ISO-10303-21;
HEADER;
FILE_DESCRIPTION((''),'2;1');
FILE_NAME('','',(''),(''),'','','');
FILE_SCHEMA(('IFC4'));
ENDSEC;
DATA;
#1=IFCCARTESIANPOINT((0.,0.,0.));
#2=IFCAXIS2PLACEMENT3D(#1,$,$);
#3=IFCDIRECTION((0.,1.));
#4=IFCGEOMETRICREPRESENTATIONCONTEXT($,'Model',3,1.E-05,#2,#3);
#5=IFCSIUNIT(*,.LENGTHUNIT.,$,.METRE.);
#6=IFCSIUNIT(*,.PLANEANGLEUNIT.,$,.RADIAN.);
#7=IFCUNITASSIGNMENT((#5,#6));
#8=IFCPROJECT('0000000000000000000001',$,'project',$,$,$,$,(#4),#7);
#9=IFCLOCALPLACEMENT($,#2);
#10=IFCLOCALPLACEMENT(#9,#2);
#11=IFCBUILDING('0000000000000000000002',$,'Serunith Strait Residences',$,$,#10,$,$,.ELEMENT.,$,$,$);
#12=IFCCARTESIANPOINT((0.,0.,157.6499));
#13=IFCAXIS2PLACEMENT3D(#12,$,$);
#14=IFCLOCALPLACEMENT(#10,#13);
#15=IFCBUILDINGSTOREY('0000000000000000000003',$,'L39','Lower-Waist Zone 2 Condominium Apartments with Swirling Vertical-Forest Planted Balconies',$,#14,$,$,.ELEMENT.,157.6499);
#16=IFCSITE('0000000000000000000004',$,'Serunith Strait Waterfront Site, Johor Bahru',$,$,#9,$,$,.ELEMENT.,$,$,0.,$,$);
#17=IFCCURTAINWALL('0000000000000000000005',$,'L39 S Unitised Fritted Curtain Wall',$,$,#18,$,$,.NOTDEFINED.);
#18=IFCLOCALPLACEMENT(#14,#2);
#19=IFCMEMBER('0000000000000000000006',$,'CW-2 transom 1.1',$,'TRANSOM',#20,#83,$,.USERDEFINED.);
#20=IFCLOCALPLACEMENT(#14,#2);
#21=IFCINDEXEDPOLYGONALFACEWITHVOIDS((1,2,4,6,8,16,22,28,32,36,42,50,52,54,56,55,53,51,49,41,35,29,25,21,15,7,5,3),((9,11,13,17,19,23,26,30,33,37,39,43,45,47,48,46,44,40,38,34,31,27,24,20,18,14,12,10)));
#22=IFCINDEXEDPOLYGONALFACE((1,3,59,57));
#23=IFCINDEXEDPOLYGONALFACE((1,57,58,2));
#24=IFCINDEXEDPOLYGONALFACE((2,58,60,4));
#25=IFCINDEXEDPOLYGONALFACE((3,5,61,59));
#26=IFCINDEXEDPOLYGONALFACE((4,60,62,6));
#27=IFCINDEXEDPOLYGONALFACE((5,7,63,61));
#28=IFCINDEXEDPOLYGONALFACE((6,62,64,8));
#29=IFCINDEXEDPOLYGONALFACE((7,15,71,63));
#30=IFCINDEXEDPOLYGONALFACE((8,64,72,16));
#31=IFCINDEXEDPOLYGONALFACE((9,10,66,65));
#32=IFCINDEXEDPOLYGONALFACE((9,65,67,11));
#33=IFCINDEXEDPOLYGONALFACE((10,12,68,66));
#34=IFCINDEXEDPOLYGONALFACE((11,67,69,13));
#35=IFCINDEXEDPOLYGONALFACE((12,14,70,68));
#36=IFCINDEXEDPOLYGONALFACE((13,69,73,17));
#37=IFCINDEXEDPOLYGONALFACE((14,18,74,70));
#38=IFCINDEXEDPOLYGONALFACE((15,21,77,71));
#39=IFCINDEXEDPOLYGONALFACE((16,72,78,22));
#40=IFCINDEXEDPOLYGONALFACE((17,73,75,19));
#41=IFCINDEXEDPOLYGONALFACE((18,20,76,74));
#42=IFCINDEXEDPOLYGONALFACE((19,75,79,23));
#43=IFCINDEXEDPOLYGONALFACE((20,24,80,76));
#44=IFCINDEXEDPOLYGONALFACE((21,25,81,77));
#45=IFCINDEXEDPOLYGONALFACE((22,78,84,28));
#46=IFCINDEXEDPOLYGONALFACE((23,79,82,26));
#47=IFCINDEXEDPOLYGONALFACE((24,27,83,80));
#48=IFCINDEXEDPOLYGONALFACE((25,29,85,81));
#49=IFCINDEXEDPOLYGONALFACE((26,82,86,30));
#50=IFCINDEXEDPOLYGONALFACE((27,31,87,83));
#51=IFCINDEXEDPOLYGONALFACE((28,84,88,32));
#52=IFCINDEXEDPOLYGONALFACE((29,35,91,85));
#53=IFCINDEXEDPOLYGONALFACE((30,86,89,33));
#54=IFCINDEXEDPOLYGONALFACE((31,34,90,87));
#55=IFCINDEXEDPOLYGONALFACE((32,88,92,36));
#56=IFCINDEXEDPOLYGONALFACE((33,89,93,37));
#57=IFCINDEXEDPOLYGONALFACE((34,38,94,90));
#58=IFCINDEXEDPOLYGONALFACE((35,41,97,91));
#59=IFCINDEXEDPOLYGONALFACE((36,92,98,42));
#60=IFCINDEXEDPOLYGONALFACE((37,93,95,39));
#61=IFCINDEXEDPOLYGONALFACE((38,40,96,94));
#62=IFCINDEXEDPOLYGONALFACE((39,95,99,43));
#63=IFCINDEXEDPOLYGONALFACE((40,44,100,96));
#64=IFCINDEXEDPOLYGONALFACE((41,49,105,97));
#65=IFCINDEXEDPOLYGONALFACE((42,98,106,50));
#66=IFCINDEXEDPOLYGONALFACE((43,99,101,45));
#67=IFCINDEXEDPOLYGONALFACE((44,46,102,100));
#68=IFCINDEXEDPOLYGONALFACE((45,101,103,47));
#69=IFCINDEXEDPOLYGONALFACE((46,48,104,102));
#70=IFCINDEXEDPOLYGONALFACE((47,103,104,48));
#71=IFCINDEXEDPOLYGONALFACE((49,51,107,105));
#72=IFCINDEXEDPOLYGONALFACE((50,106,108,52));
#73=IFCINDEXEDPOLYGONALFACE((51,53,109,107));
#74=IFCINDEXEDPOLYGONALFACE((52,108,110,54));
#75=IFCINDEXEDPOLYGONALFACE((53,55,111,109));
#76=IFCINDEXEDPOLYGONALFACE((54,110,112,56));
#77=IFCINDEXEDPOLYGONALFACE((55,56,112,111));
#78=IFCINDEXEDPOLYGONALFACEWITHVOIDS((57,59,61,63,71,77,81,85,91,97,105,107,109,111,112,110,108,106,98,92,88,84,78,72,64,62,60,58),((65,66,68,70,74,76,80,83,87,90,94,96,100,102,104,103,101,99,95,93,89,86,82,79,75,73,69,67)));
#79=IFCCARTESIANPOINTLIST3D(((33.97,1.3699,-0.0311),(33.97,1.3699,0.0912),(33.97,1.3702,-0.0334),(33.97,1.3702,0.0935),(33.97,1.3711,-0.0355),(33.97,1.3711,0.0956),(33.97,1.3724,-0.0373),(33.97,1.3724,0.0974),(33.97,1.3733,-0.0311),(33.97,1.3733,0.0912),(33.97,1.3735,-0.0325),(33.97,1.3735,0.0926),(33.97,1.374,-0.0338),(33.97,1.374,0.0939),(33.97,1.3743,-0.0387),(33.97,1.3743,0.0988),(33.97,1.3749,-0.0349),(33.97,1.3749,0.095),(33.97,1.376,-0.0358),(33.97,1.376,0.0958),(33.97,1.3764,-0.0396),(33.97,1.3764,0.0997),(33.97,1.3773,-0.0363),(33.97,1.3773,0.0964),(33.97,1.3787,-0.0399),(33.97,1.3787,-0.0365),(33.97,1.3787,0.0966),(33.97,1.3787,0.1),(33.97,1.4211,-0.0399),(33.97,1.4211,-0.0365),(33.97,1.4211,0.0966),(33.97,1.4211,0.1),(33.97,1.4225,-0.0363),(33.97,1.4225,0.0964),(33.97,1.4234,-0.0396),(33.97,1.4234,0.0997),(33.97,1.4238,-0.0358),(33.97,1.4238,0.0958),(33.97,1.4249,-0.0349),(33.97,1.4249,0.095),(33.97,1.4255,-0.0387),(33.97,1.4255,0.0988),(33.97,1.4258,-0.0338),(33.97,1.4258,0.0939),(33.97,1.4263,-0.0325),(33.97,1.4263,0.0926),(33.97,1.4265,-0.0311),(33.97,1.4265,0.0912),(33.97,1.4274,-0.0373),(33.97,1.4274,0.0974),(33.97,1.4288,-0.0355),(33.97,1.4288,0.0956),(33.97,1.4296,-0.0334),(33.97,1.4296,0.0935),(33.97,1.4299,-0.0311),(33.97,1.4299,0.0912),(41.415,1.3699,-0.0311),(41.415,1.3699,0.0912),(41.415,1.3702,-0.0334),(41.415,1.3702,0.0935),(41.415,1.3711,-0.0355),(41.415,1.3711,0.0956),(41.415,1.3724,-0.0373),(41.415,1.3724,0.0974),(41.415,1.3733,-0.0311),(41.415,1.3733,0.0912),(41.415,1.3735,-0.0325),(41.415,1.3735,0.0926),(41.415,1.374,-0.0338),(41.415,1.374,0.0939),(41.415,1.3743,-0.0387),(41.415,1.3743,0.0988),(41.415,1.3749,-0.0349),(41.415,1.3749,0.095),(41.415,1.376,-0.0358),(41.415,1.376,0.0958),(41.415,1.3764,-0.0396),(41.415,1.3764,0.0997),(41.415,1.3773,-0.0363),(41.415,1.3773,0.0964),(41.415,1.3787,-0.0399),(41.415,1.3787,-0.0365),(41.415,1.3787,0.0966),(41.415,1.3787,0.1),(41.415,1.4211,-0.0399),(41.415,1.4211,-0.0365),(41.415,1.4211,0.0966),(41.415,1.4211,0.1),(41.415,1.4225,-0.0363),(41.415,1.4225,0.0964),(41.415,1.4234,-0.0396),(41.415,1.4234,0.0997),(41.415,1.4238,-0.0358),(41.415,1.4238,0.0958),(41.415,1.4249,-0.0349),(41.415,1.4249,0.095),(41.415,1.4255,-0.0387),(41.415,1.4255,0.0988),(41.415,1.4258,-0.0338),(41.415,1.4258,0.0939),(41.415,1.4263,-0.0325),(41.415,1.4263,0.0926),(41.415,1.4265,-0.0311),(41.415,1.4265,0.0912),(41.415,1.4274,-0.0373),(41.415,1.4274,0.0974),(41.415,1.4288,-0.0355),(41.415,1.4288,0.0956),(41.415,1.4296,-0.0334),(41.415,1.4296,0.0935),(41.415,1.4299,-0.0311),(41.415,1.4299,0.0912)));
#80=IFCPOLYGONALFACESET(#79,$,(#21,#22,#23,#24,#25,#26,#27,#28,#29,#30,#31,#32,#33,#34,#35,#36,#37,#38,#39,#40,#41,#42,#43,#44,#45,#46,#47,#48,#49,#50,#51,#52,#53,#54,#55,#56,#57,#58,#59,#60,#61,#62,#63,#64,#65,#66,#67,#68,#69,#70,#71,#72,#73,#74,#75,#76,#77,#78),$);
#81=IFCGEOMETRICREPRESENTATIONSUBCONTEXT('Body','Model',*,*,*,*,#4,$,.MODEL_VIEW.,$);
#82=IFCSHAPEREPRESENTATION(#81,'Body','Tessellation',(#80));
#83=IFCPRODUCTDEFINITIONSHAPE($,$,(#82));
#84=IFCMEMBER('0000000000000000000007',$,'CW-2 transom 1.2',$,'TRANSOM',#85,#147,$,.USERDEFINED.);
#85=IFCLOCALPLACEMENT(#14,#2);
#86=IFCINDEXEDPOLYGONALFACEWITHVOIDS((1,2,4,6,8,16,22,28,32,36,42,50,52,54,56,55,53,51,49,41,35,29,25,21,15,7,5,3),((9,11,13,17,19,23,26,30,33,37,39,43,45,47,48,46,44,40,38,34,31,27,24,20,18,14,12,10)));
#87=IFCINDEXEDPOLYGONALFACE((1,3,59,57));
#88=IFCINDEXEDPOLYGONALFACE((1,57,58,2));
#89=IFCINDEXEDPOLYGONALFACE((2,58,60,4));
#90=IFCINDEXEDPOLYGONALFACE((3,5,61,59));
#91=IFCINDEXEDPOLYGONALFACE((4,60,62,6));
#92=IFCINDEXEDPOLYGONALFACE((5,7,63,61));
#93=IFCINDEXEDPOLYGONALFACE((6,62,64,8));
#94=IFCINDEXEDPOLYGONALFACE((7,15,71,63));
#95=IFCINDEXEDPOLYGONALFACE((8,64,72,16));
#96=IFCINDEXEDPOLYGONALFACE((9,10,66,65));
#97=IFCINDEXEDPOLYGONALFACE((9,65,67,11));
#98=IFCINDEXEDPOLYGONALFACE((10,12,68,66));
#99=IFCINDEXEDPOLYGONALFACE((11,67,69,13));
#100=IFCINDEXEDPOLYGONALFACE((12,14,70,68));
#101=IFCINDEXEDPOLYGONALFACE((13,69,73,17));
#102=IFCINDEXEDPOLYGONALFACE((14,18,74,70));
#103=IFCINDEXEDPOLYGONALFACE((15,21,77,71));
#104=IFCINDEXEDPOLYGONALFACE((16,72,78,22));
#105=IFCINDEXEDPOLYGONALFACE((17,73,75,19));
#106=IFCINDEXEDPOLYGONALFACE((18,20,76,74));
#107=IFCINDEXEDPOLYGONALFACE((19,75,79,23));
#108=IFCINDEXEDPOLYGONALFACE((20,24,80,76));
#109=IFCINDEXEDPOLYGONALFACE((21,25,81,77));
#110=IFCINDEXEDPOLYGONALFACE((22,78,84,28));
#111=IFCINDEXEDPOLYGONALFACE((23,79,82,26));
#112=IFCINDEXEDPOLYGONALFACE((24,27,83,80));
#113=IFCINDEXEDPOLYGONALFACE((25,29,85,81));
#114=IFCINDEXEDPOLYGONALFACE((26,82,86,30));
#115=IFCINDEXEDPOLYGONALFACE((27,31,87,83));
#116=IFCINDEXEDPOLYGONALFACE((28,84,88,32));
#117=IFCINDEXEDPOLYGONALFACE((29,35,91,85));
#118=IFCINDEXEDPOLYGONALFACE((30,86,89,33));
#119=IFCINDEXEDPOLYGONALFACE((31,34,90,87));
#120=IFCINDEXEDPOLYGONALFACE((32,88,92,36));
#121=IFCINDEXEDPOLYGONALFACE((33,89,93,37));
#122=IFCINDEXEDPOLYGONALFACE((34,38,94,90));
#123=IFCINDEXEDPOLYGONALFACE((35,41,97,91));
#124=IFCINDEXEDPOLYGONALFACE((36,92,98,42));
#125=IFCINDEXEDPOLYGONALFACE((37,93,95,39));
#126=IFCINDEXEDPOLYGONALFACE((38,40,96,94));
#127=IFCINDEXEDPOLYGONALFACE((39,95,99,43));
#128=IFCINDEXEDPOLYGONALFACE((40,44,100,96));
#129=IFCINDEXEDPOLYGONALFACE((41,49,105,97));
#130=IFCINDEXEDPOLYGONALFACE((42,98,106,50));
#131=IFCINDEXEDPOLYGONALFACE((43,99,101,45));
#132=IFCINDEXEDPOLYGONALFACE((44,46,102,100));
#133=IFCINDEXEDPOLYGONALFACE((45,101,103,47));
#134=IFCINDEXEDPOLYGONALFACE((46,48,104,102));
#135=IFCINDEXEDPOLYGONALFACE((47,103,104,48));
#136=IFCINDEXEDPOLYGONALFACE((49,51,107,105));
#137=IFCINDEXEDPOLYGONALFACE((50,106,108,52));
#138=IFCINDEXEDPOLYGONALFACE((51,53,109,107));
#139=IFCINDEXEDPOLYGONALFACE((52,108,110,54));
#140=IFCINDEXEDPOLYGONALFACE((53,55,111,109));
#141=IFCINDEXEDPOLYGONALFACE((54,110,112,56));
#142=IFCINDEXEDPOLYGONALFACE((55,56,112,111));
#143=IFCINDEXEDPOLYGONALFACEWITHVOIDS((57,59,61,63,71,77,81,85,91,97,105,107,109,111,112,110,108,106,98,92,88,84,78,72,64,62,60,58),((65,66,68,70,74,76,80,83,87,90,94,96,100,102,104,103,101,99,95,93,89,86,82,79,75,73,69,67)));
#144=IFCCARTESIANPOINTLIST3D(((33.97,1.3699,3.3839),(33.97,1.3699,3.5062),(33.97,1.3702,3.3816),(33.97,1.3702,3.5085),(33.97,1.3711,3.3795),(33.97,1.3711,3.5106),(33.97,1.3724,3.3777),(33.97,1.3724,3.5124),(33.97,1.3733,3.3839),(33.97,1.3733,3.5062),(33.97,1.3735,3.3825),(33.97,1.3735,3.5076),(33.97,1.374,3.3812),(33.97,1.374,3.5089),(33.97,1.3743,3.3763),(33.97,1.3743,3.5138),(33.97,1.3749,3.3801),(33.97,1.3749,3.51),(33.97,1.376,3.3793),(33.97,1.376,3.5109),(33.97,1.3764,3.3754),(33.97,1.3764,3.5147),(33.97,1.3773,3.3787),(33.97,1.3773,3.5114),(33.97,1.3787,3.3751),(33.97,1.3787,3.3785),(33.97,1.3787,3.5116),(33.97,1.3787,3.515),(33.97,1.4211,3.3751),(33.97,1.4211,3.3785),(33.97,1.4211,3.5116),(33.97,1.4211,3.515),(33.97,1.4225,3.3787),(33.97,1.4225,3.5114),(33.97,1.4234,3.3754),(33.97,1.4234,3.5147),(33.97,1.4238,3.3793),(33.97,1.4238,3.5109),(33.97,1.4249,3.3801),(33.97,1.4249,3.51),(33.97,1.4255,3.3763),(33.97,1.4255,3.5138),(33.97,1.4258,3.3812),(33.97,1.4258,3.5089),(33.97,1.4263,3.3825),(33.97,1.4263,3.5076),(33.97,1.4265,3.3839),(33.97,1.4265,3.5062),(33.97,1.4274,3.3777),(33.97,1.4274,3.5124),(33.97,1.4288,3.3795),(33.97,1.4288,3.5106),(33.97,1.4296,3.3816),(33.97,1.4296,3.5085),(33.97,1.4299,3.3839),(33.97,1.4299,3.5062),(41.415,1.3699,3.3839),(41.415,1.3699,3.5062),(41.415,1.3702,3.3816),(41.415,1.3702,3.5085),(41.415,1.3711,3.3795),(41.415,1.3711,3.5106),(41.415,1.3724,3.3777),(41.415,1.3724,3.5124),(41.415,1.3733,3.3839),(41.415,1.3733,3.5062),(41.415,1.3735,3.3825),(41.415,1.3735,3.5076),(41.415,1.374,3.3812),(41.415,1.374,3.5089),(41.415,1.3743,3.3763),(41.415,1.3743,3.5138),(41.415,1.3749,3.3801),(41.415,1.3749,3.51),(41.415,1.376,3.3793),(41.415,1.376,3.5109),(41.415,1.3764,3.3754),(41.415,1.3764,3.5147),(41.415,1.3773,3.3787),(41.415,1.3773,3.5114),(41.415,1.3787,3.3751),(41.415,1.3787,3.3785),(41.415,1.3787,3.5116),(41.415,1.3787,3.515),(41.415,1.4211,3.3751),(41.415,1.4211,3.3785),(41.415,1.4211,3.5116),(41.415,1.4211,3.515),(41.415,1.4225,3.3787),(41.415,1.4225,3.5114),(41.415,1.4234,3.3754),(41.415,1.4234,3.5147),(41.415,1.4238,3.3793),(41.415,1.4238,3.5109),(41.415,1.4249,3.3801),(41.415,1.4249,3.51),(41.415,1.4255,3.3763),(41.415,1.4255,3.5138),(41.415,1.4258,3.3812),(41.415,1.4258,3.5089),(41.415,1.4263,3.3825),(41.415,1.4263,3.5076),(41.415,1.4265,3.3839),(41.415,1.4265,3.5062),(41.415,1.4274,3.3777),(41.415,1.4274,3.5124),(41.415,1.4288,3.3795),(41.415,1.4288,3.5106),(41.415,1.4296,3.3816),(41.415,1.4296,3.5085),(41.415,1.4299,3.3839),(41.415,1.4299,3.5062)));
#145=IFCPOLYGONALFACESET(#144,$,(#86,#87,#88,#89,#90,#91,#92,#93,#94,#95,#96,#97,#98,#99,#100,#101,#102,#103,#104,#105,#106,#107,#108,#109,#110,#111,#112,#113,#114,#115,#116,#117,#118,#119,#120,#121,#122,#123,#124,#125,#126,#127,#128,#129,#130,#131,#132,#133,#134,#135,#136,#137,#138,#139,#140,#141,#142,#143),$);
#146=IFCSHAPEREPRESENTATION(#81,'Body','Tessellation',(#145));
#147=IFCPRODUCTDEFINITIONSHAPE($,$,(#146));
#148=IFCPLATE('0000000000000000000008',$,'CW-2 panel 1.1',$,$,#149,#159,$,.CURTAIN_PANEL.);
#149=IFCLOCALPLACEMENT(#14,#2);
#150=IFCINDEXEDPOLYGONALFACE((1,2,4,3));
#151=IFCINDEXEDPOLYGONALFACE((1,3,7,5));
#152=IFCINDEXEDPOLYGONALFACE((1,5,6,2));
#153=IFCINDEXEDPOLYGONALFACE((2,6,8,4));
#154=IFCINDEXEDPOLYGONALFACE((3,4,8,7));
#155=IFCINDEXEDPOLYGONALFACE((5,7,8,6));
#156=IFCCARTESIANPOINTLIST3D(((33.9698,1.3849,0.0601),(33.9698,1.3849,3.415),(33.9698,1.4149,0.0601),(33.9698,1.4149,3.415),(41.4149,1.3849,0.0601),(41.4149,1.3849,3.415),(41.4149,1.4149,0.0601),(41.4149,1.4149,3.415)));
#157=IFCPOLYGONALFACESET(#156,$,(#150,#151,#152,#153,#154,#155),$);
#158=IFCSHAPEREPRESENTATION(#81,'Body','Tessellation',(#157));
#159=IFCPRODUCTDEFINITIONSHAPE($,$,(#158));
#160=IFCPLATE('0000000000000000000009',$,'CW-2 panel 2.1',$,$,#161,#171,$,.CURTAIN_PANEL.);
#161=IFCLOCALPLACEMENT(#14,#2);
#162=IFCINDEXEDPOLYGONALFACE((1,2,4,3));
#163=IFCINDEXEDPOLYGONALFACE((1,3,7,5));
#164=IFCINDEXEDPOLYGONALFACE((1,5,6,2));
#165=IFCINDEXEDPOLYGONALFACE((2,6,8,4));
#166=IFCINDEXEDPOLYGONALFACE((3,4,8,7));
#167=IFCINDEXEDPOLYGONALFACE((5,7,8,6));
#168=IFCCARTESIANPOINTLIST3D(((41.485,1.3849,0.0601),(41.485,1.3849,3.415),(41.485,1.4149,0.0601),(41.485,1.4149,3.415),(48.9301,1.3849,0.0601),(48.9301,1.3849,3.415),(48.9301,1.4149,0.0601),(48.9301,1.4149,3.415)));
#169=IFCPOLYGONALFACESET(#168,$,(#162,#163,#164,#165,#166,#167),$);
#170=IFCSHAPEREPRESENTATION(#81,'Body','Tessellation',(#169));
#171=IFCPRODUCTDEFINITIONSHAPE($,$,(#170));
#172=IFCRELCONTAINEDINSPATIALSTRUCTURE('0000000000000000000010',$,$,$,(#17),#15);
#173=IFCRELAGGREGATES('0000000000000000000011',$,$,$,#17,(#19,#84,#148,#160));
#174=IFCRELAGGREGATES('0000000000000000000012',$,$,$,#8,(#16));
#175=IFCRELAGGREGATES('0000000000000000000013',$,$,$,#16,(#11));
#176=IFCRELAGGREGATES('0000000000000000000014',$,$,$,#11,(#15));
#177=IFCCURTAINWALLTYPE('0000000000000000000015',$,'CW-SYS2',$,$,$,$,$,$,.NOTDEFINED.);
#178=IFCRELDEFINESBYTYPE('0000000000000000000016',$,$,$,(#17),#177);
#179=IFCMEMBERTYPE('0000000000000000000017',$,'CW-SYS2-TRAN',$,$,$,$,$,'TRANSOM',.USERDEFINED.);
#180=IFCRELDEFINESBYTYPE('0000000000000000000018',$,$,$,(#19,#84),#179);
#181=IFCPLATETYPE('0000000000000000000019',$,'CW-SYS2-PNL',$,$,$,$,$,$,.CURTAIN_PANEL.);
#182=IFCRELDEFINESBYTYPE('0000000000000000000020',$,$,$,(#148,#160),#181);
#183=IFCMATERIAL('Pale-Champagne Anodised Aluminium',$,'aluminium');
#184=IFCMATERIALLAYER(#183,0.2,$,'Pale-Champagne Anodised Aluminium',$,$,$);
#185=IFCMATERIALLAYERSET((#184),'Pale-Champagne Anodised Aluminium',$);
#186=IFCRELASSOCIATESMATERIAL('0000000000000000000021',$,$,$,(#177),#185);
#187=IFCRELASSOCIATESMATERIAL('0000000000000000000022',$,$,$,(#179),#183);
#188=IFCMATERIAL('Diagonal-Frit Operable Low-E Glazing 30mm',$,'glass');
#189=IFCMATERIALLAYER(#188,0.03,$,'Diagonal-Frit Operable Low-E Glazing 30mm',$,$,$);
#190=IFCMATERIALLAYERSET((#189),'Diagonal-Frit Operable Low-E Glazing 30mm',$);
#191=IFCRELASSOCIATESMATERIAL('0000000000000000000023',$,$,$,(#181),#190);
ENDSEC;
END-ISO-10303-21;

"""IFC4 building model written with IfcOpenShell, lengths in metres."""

from ifc_helpers import new_model, si_unit, direction, frame, origin, origin_2d, place, context, subcontext, project, spatial, rectangle, hollow_rectangle, extrude, source, transform, mapped, material, layer, layer_set, material_profile, profile_set, type_object, element, aggregate, save


model = new_model("IFC4")

# Units and contexts
model_context = context("Model", 3, precision=1e-05, world=origin(), true_north=direction((0.0, 1.0)))
body_context = subcontext(model_context, "Body", "Model", "MODEL_VIEW")
ifc_project = project(units=[si_unit("LENGTHUNIT", "METRE"), si_unit("PLANEANGLEUNIT", "RADIAN")], contexts=[model_context])

# Site, building, storey
site_placement = place(None, origin())
site = spatial("IfcSite", under=ifc_project, at=site_placement, Name="Serunith Strait Waterfront Site, Johor Bahru", CompositionType="ELEMENT", RefElevation=0.0)
building_placement = place(site_placement, origin())
building = spatial("IfcBuilding", under=site, at=building_placement, Name="Serunith Strait Residences", CompositionType="ELEMENT")
storey_placement = place(building_placement, frame((0.0, 0.0, 157.6499)))
storey = spatial("IfcBuildingStorey", under=building, at=storey_placement, Name="L39", Description="Lower-Waist Zone 2 Condominium Apartments with Swirling Vertical-Forest Planted Balconies", CompositionType="ELEMENT", Elevation=157.6499)

# Curtain wall, members, plates
ifc_material_1 = material(Name="Pale-Champagne Anodised Aluminium", Category="aluminium")
ifc_layer_1 = layer(ifc_material_1, 0.2, Name="Pale-Champagne Anodised Aluminium")
ifc_layer_set_1 = layer_set([ifc_layer_1], Name="Pale-Champagne Anodised Aluminium")
curtain_wall_type = type_object("IfcCurtainWallType", Name="CW-SYS2", PredefinedType="NOTDEFINED", material=ifc_layer_set_1)
curtain_wall_placement = place(storey_placement, origin())
curtain_wall = element("IfcCurtainWall", 1, at=curtain_wall_placement, inside=storey, type_object=curtain_wall_type, Name="L39 S Unitised Fritted Curtain Wall", PredefinedType="NOTDEFINED")
ifc_material_profile_1 = material_profile(ifc_material_1, hollow_rectangle(XDim=0.0601, YDim=0.1399, WallThickness=0.0034, InnerFilletRadius=0.0054, OuterFilletRadius=0.0088, at=origin_2d()), Name="ALU 140x60x3.5")
ifc_profile_set_1 = profile_set([ifc_material_profile_1], Name="Pale-Champagne Anodised Aluminium")
member_type_1 = type_object("IfcMemberType", Name="CW-SYS2-TRAN", ElementType="TRANSOM", PredefinedType="USERDEFINED", material=ifc_profile_set_1)
shared_shape_1 = source(origin(), body_context, "Body", "SweptSolid", [
    extrude(hollow_rectangle(XDim=0.0601, YDim=0.1399, WallThickness=0.0034, InnerFilletRadius=0.0054, OuterFilletRadius=0.0088, at=origin_2d()), origin(), (0.0, 0.0, 1.0), 7.4451),
])
member_1_placement = place(storey_placement, frame((33.97, 1.3999, 0.03), z_axis=(1.0, 0.0, 0.0), x_axis=(0.0, 1.0, 0.0)))
member_1 = element("IfcMember", 2, at=member_1_placement, type_object=member_type_1, Name="CW-2 transom 1.1", ObjectType="TRANSOM", PredefinedType="USERDEFINED", context=body_context, shape_type="MappedRepresentation", body=[
    mapped(shared_shape_1, transform((0.0, 0.0, 0.0), scale=1.0)),
])
member_2_placement = place(storey_placement, frame((33.97, 1.3999, 3.4451), z_axis=(1.0, 0.0, 0.0), x_axis=(0.0, 1.0, 0.0)))
member_2 = element("IfcMember", 3, at=member_2_placement, type_object=member_type_1, Name="CW-2 transom 1.2", ObjectType="TRANSOM", PredefinedType="USERDEFINED", context=body_context, shape_type="MappedRepresentation", body=[
    mapped(shared_shape_1, transform((0.0, 0.0, 0.0), scale=1.0)),
])
ifc_material_2 = material(Name="Diagonal-Frit Operable Low-E Glazing 30mm", Category="glass")
ifc_layer_2 = layer(ifc_material_2, 0.03, Name="Diagonal-Frit Operable Low-E Glazing 30mm")
ifc_layer_set_2 = layer_set([ifc_layer_2], Name="Diagonal-Frit Operable Low-E Glazing 30mm")
plate_type = type_object("IfcPlateType", Name="CW-SYS2-PNL", PredefinedType="CURTAIN_PANEL", material=ifc_layer_set_2)
shared_shape_2 = source(origin(), body_context, "Body", "SweptSolid", [
    extrude(rectangle(XDim=7.4451, YDim=0.03, at=origin_2d()), origin(), (0.0, 0.0, 1.0), 3.355),
])
plate_1_placement = place(storey_placement, frame((37.6924, 1.3999, 0.0601), z_axis=(0.0, 0.0, 1.0), x_axis=(1.0, 0.0, 0.0)))
plate_1 = element("IfcPlate", 4, at=plate_1_placement, type_object=plate_type, Name="CW-2 panel 1.1", PredefinedType="CURTAIN_PANEL", context=body_context, shape_type="MappedRepresentation", body=[
    mapped(shared_shape_2, transform((0.0, 0.0, 0.0), scale=1.0)),
])
plate_2_placement = place(storey_placement, frame((45.2075, 1.3999, 0.0601), z_axis=(0.0, 0.0, 1.0), x_axis=(1.0, 0.0, 0.0)))
plate_2 = element("IfcPlate", 5, at=plate_2_placement, type_object=plate_type, Name="CW-2 panel 2.1", PredefinedType="CURTAIN_PANEL", context=body_context, shape_type="MappedRepresentation", body=[
    mapped(shared_shape_2, transform((0.0, 0.0, 0.0), scale=1.0)),
])
aggregate(curtain_wall, [member_1, member_2, plate_1, plate_2])

save(model, "model.ifc")
